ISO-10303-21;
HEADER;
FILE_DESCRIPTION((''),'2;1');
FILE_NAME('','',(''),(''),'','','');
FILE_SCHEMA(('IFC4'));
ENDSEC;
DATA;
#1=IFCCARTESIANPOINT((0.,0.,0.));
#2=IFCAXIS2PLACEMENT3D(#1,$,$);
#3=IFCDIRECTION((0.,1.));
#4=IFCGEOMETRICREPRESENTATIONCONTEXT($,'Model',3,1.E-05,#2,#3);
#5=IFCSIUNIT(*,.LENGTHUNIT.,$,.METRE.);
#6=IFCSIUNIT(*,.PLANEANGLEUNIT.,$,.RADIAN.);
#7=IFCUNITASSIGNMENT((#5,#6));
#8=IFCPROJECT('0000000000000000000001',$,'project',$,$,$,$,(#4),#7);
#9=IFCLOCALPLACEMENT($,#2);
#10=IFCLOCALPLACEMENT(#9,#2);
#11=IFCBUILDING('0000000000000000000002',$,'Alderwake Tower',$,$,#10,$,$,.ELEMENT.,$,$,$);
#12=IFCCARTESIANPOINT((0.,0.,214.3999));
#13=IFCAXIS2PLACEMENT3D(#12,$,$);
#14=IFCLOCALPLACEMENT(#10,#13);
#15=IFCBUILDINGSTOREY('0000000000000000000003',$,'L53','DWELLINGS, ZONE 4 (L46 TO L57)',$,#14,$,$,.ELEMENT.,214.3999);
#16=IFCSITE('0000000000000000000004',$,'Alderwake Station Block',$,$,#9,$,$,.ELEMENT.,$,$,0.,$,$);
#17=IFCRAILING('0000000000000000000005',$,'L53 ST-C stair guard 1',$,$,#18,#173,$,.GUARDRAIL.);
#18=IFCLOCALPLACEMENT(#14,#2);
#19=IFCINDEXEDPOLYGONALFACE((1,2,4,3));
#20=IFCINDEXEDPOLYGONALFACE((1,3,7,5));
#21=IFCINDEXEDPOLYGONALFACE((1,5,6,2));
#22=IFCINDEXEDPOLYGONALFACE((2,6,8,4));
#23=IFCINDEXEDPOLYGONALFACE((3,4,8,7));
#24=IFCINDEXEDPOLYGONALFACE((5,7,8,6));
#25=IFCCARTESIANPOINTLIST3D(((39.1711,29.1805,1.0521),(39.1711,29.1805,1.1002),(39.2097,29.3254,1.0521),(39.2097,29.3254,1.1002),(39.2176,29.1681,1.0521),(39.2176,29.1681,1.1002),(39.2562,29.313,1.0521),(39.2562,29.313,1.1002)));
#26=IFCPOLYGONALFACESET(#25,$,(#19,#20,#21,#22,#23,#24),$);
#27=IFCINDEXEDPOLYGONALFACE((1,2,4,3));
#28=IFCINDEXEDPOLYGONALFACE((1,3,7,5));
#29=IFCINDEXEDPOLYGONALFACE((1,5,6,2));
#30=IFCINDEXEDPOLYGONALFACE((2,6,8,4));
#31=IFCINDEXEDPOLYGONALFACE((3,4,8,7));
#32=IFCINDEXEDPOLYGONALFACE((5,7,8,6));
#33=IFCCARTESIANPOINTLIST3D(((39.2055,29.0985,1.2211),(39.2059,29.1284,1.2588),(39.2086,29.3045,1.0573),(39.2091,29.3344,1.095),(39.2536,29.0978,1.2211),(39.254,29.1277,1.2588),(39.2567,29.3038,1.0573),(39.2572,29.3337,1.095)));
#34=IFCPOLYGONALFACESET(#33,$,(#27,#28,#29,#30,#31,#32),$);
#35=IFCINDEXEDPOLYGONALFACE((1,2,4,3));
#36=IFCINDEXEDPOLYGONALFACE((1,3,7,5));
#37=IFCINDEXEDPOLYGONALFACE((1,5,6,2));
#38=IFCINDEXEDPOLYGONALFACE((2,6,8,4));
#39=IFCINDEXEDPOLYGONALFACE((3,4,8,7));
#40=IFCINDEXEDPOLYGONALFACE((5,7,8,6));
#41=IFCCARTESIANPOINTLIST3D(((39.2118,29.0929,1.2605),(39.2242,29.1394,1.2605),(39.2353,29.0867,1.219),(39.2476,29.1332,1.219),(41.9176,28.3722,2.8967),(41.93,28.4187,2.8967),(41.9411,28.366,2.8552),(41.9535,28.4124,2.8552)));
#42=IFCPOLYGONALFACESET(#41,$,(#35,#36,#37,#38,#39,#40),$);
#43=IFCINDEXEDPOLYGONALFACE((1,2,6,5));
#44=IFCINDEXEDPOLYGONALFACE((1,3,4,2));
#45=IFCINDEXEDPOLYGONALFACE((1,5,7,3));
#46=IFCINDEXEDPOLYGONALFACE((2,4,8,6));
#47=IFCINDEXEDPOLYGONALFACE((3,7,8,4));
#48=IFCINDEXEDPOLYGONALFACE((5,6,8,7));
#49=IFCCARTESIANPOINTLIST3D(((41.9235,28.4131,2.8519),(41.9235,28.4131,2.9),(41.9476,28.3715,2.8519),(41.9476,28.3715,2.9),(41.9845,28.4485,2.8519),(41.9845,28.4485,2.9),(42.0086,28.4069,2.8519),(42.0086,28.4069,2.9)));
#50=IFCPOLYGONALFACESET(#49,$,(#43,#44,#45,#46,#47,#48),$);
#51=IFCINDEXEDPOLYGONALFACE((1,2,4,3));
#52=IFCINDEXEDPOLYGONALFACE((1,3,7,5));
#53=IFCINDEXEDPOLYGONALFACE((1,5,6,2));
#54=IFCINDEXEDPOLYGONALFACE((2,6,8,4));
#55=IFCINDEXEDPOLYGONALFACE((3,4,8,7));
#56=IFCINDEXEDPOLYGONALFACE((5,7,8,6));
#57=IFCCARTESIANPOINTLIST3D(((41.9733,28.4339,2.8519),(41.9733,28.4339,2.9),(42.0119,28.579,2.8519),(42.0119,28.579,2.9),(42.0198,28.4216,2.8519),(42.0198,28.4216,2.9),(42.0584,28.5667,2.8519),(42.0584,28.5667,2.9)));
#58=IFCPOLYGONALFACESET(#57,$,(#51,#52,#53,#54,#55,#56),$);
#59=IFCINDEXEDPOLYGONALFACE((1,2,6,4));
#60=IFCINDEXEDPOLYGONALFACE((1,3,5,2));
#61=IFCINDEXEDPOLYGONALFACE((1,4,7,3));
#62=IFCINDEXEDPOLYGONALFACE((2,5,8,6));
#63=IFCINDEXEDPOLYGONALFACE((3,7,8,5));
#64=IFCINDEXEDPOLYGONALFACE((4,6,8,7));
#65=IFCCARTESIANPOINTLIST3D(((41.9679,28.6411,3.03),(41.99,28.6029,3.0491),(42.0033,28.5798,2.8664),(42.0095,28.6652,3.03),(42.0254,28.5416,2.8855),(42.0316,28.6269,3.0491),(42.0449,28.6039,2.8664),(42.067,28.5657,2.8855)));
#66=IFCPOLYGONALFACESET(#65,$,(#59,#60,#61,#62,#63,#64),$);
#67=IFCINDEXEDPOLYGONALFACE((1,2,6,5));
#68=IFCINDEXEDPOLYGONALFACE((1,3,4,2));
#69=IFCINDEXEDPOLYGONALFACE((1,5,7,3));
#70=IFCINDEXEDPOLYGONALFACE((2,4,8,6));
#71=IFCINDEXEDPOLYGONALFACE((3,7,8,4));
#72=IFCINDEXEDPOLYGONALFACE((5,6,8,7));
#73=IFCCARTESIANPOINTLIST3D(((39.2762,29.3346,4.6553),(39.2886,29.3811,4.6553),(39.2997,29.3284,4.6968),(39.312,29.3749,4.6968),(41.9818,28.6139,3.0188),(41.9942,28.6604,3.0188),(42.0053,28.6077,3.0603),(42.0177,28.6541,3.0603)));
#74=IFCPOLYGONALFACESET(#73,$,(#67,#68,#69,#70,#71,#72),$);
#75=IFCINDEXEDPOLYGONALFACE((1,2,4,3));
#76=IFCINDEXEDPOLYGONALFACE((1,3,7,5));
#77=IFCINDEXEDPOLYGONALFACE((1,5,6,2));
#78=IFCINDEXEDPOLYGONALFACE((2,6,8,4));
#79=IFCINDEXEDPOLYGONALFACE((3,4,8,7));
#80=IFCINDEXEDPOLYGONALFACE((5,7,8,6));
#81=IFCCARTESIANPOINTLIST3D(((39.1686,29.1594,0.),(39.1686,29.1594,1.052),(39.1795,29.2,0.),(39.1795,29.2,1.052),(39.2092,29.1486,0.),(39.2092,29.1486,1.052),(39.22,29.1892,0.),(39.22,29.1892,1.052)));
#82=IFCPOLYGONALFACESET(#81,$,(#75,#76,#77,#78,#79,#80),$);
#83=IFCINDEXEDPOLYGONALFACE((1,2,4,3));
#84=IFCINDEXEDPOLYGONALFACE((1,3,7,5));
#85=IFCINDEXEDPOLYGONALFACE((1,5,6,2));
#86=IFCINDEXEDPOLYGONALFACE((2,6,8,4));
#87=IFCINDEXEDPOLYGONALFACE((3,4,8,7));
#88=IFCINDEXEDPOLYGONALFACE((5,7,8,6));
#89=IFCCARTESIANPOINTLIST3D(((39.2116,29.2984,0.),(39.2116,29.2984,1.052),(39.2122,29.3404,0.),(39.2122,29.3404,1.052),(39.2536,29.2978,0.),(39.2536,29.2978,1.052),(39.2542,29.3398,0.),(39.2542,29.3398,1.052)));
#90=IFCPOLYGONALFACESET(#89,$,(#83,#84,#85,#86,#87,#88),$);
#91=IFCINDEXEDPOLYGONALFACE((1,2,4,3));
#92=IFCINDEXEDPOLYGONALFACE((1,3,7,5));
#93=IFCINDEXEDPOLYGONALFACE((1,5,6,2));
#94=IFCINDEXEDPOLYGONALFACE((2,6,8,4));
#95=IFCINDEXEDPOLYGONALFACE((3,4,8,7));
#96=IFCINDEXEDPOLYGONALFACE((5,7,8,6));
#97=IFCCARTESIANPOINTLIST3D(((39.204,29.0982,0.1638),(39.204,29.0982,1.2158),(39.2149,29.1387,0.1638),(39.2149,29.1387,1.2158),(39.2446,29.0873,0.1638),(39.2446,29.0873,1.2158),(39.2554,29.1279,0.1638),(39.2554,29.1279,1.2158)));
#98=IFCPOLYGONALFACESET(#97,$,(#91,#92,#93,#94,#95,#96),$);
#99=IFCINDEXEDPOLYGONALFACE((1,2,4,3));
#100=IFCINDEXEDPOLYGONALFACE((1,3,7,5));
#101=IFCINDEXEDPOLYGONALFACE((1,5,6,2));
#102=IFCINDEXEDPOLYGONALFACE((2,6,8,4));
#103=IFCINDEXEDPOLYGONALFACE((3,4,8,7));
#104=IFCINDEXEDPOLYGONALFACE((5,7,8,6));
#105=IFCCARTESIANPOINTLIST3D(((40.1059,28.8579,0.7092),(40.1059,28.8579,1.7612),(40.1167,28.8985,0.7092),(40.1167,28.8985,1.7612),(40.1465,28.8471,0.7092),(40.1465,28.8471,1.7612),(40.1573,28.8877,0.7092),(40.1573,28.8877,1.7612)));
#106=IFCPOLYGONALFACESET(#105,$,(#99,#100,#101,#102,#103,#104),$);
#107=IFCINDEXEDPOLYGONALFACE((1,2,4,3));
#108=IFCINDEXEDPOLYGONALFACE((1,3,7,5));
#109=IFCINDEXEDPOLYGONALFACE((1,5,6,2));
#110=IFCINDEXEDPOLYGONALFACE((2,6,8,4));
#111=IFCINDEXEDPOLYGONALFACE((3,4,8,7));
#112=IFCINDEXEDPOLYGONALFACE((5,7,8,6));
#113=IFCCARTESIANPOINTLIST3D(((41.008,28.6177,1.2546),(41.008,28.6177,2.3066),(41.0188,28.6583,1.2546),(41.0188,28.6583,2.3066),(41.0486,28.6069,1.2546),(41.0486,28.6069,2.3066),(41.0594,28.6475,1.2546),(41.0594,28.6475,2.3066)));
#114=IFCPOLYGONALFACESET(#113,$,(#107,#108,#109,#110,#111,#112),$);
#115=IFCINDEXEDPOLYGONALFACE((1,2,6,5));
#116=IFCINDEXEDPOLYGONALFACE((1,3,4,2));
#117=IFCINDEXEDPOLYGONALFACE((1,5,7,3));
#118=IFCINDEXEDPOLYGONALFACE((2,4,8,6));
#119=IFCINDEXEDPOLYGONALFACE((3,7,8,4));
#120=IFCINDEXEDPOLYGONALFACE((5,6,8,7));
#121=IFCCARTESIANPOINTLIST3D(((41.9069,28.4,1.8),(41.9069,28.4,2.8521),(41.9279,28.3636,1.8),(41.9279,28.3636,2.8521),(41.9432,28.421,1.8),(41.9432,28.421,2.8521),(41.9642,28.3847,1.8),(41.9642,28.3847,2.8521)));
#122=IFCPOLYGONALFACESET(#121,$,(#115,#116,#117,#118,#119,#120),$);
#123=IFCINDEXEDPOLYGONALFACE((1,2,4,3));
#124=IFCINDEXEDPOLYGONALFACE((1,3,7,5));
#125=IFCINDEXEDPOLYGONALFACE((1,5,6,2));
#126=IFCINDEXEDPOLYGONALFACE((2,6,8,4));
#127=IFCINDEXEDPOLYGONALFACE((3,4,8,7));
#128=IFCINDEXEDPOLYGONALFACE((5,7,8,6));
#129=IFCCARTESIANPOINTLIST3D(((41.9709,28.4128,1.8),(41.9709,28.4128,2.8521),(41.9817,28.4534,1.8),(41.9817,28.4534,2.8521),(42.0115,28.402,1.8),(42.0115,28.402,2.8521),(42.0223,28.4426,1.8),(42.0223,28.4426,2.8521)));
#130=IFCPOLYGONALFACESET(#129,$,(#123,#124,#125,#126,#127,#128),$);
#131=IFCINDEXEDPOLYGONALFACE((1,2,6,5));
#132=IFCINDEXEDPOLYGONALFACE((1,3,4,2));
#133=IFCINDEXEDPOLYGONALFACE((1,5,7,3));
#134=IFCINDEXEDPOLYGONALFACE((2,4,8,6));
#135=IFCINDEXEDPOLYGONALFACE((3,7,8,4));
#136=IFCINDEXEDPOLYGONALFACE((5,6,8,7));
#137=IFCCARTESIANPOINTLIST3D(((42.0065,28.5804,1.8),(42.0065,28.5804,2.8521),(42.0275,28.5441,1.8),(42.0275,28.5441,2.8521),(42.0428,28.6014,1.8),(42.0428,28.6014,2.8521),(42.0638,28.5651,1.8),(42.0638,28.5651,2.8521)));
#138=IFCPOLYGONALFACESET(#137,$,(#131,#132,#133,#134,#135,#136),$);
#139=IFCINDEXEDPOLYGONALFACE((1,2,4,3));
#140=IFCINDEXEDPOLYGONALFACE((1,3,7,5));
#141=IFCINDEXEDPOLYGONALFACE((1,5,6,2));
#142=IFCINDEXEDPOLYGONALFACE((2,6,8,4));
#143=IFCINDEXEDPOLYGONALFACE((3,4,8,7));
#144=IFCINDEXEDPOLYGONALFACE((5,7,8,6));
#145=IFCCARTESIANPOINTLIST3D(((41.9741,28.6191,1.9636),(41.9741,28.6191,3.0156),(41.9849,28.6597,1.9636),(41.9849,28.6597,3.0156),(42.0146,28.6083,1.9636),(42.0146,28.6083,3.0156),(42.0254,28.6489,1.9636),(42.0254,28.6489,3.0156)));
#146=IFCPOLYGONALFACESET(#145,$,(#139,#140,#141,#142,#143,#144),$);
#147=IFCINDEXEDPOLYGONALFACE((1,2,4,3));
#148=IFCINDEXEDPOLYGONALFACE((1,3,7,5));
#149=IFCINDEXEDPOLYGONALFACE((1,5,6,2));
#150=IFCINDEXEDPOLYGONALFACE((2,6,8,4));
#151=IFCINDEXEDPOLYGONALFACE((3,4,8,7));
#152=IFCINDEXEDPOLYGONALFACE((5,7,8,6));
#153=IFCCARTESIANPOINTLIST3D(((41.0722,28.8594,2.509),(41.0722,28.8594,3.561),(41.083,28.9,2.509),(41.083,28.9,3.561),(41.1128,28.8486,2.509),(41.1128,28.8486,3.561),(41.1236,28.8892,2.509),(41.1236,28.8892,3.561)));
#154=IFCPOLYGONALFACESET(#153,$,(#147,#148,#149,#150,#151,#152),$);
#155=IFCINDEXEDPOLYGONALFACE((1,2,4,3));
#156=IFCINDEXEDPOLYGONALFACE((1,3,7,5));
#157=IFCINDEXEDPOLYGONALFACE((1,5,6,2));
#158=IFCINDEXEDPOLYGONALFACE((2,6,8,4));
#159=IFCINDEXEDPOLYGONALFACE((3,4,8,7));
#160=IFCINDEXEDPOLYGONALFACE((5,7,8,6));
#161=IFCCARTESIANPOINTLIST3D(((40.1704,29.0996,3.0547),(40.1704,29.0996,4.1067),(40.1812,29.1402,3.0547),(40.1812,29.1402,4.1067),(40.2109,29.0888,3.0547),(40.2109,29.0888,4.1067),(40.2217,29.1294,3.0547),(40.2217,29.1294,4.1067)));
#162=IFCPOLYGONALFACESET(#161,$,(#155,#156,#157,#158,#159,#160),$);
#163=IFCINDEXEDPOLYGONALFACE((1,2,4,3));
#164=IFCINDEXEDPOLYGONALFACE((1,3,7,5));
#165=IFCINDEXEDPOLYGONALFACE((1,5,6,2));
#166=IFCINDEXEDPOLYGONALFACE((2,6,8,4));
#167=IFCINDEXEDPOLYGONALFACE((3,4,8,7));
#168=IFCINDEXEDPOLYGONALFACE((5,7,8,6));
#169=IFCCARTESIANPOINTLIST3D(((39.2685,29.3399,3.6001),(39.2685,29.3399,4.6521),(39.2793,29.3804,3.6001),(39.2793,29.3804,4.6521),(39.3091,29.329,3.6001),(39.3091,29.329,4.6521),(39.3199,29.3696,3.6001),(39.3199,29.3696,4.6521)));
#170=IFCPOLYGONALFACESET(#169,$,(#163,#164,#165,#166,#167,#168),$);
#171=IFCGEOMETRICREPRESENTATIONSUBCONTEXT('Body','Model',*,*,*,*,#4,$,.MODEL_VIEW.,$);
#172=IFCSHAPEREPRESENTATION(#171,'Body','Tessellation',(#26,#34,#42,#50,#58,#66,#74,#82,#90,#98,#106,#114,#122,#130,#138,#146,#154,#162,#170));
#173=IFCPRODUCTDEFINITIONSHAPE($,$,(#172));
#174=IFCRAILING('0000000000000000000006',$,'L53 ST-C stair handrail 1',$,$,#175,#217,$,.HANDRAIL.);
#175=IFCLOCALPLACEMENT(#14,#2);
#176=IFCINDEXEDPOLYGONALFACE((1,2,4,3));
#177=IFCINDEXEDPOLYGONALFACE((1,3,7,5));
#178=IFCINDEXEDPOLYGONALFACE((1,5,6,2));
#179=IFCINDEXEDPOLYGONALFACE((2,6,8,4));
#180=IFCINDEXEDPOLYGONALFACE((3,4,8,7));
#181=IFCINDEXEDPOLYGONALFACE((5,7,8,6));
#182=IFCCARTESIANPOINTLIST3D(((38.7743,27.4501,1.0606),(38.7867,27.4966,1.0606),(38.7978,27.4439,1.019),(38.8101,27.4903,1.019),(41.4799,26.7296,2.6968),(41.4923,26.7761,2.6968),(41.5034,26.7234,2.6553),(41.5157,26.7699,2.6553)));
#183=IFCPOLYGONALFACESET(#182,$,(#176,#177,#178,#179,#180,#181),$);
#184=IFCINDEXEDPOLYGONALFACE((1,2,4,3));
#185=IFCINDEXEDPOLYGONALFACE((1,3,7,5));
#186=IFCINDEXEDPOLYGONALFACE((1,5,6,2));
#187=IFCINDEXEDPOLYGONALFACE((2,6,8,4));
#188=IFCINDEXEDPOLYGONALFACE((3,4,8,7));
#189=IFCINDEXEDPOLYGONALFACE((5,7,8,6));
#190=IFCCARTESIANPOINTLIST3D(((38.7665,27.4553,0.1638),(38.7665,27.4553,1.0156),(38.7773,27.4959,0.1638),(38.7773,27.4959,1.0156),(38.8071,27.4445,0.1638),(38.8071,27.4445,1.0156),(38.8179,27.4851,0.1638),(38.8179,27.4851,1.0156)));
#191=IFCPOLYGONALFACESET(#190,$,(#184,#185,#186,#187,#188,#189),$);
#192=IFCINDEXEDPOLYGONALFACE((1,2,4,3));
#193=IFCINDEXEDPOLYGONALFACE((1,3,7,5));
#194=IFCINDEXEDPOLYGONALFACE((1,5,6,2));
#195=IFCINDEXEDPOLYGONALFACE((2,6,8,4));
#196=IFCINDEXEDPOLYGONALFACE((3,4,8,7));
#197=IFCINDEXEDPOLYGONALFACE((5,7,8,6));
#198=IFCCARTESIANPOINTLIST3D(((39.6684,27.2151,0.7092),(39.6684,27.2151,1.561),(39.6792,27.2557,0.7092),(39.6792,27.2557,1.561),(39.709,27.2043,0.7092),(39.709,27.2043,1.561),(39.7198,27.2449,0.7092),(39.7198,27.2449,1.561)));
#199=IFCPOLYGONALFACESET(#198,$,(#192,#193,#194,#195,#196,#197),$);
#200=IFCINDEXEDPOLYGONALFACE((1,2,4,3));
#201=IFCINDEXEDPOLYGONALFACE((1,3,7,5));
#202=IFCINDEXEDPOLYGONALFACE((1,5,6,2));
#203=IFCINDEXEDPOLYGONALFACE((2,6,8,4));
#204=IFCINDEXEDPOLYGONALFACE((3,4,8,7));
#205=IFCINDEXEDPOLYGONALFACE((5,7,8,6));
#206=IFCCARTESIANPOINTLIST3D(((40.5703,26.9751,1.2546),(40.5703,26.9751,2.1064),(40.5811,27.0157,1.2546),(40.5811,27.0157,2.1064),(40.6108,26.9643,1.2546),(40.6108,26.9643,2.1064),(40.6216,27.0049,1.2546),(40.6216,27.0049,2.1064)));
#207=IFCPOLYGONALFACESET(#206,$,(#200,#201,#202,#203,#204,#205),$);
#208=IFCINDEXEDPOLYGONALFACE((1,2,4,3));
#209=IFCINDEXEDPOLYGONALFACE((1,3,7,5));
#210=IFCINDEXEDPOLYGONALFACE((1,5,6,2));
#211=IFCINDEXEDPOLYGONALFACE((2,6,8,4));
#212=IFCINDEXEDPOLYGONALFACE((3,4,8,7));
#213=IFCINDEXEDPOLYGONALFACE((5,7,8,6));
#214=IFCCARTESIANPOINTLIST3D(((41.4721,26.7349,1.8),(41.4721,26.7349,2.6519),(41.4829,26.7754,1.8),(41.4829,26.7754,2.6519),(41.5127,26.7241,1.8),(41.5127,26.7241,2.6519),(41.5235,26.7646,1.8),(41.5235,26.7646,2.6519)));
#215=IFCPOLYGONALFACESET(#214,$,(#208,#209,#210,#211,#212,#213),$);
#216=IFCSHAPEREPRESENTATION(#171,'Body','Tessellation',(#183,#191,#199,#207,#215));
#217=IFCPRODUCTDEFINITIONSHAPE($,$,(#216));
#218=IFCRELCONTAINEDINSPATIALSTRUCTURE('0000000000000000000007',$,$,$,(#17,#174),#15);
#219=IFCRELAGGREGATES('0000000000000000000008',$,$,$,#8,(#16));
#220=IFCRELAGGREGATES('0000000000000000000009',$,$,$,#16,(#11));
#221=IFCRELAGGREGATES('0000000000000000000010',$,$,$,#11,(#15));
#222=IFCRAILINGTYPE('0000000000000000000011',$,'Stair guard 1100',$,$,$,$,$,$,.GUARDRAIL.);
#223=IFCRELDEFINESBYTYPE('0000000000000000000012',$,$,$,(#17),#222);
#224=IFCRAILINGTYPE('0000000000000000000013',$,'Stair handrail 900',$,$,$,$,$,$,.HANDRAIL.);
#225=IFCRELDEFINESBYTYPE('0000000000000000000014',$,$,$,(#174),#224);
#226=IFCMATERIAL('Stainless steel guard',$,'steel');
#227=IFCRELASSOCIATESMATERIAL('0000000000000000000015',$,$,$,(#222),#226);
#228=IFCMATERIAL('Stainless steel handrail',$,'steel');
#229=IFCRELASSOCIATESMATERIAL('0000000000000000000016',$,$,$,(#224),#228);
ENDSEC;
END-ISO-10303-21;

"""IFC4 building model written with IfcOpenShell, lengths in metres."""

from ifc_helpers import new_model, si_unit, direction, frame, origin, origin_2d, place, context, subcontext, project, spatial, rectangle, extrude, material, type_object, element, save


model = new_model("IFC4")

# Units and contexts
model_context = context("Model", 3, precision=1e-05, world=origin(), true_north=direction((0.0, 1.0)))
body_context = subcontext(model_context, "Body", "Model", "MODEL_VIEW")
ifc_project = project(units=[si_unit("LENGTHUNIT", "METRE"), si_unit("PLANEANGLEUNIT", "RADIAN")], contexts=[model_context])

# Site, building, storey
site_placement = place(None, origin())
site = spatial("IfcSite", under=ifc_project, at=site_placement, Name="Alderwake Station Block", CompositionType="ELEMENT", RefElevation=0.0)
building_placement = place(site_placement, origin())
building = spatial("IfcBuilding", under=site, at=building_placement, Name="Alderwake Tower", CompositionType="ELEMENT")
storey_placement = place(building_placement, frame((0.0, 0.0, 214.3999)))
storey = spatial("IfcBuildingStorey", under=building, at=storey_placement, Name="L53", Description="DWELLINGS, ZONE 4 (L46 TO L57)", CompositionType="ELEMENT", Elevation=214.3999)

# Railings
ifc_material_1 = material(Name="Stainless steel guard", Category="steel")
railing_type_1 = type_object("IfcRailingType", Name="Stair guard 1100", PredefinedType="GUARDRAIL", material=ifc_material_1)
railing_1_placement = place(storey_placement, frame((39.1943, 29.1743, 0.0)))
element("IfcRailing", 1, at=railing_1_placement, inside=storey, type_object=railing_type_1, Name="L53 ST-C stair guard 1", PredefinedType="GUARDRAIL", context=body_context, shape_type="SweptSolid", body=[
    extrude(rectangle(XDim=0.0481, YDim=0.0481, at=origin_2d()), frame((0.0, 0.0, 1.0762), z_axis=(0.25746, 0.966289, 0.0), x_axis=(-0.966289, 0.25746, 0.0)), (0.0, 0.0, 1.0), 0.1499),
    extrude(rectangle(XDim=0.0481, YDim=0.0481, at=origin_2d()), frame((0.0386, 0.1448, 1.0762), z_axis=(-0.012056, -0.782708, 0.622272), x_axis=(0.999881, -0.015401, 0.0)), (0.0, 0.0, 1.0), 0.2632),
    extrude(rectangle(XDim=0.0481, YDim=0.0481, at=origin_2d()), frame((0.0354, -0.0613, 1.2397), z_axis=(0.834314, -0.222223, 0.504518), x_axis=(0.25738, 0.96631, 0.0)), (0.0, 0.0, 1.0), 3.2432),
    extrude(rectangle(XDim=0.0481, YDim=0.0481, at=origin_2d()), frame((2.7412, -0.782, 2.876), z_axis=(0.865031, 0.501718, 0.0), x_axis=(-0.501718, 0.865031, 0.0)), (0.0, 0.0, 1.0), 0.0706),
    extrude(rectangle(XDim=0.0481, YDim=0.0481, at=origin_2d()), frame((2.8022, -0.7466, 2.876), z_axis=(0.257055, 0.966397, 0.0), x_axis=(-0.966397, 0.257055, 0.0)), (0.0, 0.0, 1.0), 0.1501),
    extrude(rectangle(XDim=0.0481, YDim=0.0481, at=origin_2d()), frame((2.8408, -0.6016, 2.876), z_axis=(-0.198625, 0.343827, 0.917786), x_axis=(-0.865898, -0.50022, 0.0)), (0.0, 0.0, 1.0), 0.1782),
    extrude(rectangle(XDim=0.0481, YDim=0.0481, at=origin_2d()), frame((2.8054, -0.5403, 3.0396), z_axis=(-0.834259, 0.222228, 0.504605), x_axis=(-0.257402, -0.966304, 0.0)), (0.0, 0.0, 1.0), 3.2432),
    extrude(rectangle(XDim=0.042, YDim=0.042, at=origin_2d()), frame((0.0, 0.0, 0.0), z_axis=(0.0, 0.0, 1.0), x_axis=(0.25746, 0.966289, 0.0)), (0.0, 0.0, 1.0), 1.052),
    extrude(rectangle(XDim=0.042, YDim=0.042, at=origin_2d()), frame((0.0386, 0.1448, 0.0), z_axis=(0.0, 0.0, 1.0), x_axis=(-0.015401, -0.999881, 0.0)), (0.0, 0.0, 1.0), 1.052),
    extrude(rectangle(XDim=0.042, YDim=0.042, at=origin_2d()), frame((0.0354, -0.0613, 0.1638), z_axis=(0.0, 0.0, 1.0), x_axis=(0.96631, -0.25738, 0.0)), (0.0, 0.0, 1.0), 1.052),
    extrude(rectangle(XDim=0.042, YDim=0.042, at=origin_2d()), frame((0.9373, -0.3015, 0.7092), z_axis=(0.0, 0.0, 1.0), x_axis=(0.96631, -0.25738, 0.0)), (0.0, 0.0, 1.0), 1.052),
    extrude(rectangle(XDim=0.042, YDim=0.042, at=origin_2d()), frame((1.8394, -0.5417, 1.2546), z_axis=(0.0, 0.0, 1.0), x_axis=(0.96631, -0.25738, 0.0)), (0.0, 0.0, 1.0), 1.052),
    extrude(rectangle(XDim=0.042, YDim=0.042, at=origin_2d()), frame((2.7412, -0.782, 1.8), z_axis=(0.0, 0.0, 1.0), x_axis=(0.865031, 0.501718, 0.0)), (0.0, 0.0, 1.0), 1.052),
    extrude(rectangle(XDim=0.042, YDim=0.042, at=origin_2d()), frame((2.8022, -0.7466, 1.8), z_axis=(0.0, 0.0, 1.0), x_axis=(0.257055, 0.966397, 0.0)), (0.0, 0.0, 1.0), 1.052),
    extrude(rectangle(XDim=0.042, YDim=0.042, at=origin_2d()), frame((2.8408, -0.6016, 1.8), z_axis=(0.0, 0.0, 1.0), x_axis=(-0.50022, 0.865898, 0.0)), (0.0, 0.0, 1.0), 1.052),
    extrude(rectangle(XDim=0.042, YDim=0.042, at=origin_2d()), frame((2.8054, -0.5403, 1.9636), z_axis=(0.0, 0.0, 1.0), x_axis=(-0.966304, 0.257402, 0.0)), (0.0, 0.0, 1.0), 1.052),
    extrude(rectangle(XDim=0.042, YDim=0.042, at=origin_2d()), frame((1.9036, -0.3, 2.509), z_axis=(0.0, 0.0, 1.0), x_axis=(-0.966304, 0.257402, 0.0)), (0.0, 0.0, 1.0), 1.052),
    extrude(rectangle(XDim=0.042, YDim=0.042, at=origin_2d()), frame((1.0017, -0.0598, 3.0547), z_axis=(0.0, 0.0, 1.0), x_axis=(-0.966304, 0.257402, 0.0)), (0.0, 0.0, 1.0), 1.052),
    extrude(rectangle(XDim=0.042, YDim=0.042, at=origin_2d()), frame((0.0999, 0.1804, 3.6001), z_axis=(0.0, 0.0, 1.0), x_axis=(-0.966304, 0.257402, 0.0)), (0.0, 0.0, 1.0), 1.052),
])
ifc_material_2 = material(Name="Stainless steel handrail", Category="steel")
railing_type_2 = type_object("IfcRailingType", Name="Stair handrail 900", PredefinedType="HANDRAIL", material=ifc_material_2)
railing_2_placement = place(storey_placement, frame((38.7922, 27.4702, 0.1638)))
element("IfcRailing", 2, at=railing_2_placement, inside=storey, type_object=railing_type_2, Name="L53 ST-C stair handrail 1", PredefinedType="HANDRAIL", context=body_context, shape_type="SweptSolid", body=[
    extrude(rectangle(XDim=0.0481, YDim=0.0481, at=origin_2d()), frame((0.0, 0.0, 0.876), z_axis=(0.834305, -0.222165, 0.504558), x_axis=(0.257321, 0.966326, 0.0)), (0.0, 0.0, 1.0), 3.2429),
    extrude(rectangle(XDim=0.042, YDim=0.042, at=origin_2d()), frame((0.0, 0.0, 0.0), z_axis=(0.0, 0.0, 1.0), x_axis=(0.966326, -0.257321, 0.0)), (0.0, 0.0, 1.0), 0.8518),
    extrude(rectangle(XDim=0.042, YDim=0.042, at=origin_2d()), frame((0.9019, -0.2402, 0.5454), z_axis=(0.0, 0.0, 1.0), x_axis=(0.966326, -0.257321, 0.0)), (0.0, 0.0, 1.0), 0.8518),
    extrude(rectangle(XDim=0.042, YDim=0.042, at=origin_2d()), frame((1.8037, -0.4802, 1.0908), z_axis=(0.0, 0.0, 1.0), x_axis=(0.966326, -0.257321, 0.0)), (0.0, 0.0, 1.0), 0.8518),
    extrude(rectangle(XDim=0.042, YDim=0.042, at=origin_2d()), frame((2.7056, -0.7205, 1.6362), z_axis=(0.0, 0.0, 1.0), x_axis=(0.966326, -0.257321, 0.0)), (0.0, 0.0, 1.0), 0.8518),
])

save(model, "model.ifc")
